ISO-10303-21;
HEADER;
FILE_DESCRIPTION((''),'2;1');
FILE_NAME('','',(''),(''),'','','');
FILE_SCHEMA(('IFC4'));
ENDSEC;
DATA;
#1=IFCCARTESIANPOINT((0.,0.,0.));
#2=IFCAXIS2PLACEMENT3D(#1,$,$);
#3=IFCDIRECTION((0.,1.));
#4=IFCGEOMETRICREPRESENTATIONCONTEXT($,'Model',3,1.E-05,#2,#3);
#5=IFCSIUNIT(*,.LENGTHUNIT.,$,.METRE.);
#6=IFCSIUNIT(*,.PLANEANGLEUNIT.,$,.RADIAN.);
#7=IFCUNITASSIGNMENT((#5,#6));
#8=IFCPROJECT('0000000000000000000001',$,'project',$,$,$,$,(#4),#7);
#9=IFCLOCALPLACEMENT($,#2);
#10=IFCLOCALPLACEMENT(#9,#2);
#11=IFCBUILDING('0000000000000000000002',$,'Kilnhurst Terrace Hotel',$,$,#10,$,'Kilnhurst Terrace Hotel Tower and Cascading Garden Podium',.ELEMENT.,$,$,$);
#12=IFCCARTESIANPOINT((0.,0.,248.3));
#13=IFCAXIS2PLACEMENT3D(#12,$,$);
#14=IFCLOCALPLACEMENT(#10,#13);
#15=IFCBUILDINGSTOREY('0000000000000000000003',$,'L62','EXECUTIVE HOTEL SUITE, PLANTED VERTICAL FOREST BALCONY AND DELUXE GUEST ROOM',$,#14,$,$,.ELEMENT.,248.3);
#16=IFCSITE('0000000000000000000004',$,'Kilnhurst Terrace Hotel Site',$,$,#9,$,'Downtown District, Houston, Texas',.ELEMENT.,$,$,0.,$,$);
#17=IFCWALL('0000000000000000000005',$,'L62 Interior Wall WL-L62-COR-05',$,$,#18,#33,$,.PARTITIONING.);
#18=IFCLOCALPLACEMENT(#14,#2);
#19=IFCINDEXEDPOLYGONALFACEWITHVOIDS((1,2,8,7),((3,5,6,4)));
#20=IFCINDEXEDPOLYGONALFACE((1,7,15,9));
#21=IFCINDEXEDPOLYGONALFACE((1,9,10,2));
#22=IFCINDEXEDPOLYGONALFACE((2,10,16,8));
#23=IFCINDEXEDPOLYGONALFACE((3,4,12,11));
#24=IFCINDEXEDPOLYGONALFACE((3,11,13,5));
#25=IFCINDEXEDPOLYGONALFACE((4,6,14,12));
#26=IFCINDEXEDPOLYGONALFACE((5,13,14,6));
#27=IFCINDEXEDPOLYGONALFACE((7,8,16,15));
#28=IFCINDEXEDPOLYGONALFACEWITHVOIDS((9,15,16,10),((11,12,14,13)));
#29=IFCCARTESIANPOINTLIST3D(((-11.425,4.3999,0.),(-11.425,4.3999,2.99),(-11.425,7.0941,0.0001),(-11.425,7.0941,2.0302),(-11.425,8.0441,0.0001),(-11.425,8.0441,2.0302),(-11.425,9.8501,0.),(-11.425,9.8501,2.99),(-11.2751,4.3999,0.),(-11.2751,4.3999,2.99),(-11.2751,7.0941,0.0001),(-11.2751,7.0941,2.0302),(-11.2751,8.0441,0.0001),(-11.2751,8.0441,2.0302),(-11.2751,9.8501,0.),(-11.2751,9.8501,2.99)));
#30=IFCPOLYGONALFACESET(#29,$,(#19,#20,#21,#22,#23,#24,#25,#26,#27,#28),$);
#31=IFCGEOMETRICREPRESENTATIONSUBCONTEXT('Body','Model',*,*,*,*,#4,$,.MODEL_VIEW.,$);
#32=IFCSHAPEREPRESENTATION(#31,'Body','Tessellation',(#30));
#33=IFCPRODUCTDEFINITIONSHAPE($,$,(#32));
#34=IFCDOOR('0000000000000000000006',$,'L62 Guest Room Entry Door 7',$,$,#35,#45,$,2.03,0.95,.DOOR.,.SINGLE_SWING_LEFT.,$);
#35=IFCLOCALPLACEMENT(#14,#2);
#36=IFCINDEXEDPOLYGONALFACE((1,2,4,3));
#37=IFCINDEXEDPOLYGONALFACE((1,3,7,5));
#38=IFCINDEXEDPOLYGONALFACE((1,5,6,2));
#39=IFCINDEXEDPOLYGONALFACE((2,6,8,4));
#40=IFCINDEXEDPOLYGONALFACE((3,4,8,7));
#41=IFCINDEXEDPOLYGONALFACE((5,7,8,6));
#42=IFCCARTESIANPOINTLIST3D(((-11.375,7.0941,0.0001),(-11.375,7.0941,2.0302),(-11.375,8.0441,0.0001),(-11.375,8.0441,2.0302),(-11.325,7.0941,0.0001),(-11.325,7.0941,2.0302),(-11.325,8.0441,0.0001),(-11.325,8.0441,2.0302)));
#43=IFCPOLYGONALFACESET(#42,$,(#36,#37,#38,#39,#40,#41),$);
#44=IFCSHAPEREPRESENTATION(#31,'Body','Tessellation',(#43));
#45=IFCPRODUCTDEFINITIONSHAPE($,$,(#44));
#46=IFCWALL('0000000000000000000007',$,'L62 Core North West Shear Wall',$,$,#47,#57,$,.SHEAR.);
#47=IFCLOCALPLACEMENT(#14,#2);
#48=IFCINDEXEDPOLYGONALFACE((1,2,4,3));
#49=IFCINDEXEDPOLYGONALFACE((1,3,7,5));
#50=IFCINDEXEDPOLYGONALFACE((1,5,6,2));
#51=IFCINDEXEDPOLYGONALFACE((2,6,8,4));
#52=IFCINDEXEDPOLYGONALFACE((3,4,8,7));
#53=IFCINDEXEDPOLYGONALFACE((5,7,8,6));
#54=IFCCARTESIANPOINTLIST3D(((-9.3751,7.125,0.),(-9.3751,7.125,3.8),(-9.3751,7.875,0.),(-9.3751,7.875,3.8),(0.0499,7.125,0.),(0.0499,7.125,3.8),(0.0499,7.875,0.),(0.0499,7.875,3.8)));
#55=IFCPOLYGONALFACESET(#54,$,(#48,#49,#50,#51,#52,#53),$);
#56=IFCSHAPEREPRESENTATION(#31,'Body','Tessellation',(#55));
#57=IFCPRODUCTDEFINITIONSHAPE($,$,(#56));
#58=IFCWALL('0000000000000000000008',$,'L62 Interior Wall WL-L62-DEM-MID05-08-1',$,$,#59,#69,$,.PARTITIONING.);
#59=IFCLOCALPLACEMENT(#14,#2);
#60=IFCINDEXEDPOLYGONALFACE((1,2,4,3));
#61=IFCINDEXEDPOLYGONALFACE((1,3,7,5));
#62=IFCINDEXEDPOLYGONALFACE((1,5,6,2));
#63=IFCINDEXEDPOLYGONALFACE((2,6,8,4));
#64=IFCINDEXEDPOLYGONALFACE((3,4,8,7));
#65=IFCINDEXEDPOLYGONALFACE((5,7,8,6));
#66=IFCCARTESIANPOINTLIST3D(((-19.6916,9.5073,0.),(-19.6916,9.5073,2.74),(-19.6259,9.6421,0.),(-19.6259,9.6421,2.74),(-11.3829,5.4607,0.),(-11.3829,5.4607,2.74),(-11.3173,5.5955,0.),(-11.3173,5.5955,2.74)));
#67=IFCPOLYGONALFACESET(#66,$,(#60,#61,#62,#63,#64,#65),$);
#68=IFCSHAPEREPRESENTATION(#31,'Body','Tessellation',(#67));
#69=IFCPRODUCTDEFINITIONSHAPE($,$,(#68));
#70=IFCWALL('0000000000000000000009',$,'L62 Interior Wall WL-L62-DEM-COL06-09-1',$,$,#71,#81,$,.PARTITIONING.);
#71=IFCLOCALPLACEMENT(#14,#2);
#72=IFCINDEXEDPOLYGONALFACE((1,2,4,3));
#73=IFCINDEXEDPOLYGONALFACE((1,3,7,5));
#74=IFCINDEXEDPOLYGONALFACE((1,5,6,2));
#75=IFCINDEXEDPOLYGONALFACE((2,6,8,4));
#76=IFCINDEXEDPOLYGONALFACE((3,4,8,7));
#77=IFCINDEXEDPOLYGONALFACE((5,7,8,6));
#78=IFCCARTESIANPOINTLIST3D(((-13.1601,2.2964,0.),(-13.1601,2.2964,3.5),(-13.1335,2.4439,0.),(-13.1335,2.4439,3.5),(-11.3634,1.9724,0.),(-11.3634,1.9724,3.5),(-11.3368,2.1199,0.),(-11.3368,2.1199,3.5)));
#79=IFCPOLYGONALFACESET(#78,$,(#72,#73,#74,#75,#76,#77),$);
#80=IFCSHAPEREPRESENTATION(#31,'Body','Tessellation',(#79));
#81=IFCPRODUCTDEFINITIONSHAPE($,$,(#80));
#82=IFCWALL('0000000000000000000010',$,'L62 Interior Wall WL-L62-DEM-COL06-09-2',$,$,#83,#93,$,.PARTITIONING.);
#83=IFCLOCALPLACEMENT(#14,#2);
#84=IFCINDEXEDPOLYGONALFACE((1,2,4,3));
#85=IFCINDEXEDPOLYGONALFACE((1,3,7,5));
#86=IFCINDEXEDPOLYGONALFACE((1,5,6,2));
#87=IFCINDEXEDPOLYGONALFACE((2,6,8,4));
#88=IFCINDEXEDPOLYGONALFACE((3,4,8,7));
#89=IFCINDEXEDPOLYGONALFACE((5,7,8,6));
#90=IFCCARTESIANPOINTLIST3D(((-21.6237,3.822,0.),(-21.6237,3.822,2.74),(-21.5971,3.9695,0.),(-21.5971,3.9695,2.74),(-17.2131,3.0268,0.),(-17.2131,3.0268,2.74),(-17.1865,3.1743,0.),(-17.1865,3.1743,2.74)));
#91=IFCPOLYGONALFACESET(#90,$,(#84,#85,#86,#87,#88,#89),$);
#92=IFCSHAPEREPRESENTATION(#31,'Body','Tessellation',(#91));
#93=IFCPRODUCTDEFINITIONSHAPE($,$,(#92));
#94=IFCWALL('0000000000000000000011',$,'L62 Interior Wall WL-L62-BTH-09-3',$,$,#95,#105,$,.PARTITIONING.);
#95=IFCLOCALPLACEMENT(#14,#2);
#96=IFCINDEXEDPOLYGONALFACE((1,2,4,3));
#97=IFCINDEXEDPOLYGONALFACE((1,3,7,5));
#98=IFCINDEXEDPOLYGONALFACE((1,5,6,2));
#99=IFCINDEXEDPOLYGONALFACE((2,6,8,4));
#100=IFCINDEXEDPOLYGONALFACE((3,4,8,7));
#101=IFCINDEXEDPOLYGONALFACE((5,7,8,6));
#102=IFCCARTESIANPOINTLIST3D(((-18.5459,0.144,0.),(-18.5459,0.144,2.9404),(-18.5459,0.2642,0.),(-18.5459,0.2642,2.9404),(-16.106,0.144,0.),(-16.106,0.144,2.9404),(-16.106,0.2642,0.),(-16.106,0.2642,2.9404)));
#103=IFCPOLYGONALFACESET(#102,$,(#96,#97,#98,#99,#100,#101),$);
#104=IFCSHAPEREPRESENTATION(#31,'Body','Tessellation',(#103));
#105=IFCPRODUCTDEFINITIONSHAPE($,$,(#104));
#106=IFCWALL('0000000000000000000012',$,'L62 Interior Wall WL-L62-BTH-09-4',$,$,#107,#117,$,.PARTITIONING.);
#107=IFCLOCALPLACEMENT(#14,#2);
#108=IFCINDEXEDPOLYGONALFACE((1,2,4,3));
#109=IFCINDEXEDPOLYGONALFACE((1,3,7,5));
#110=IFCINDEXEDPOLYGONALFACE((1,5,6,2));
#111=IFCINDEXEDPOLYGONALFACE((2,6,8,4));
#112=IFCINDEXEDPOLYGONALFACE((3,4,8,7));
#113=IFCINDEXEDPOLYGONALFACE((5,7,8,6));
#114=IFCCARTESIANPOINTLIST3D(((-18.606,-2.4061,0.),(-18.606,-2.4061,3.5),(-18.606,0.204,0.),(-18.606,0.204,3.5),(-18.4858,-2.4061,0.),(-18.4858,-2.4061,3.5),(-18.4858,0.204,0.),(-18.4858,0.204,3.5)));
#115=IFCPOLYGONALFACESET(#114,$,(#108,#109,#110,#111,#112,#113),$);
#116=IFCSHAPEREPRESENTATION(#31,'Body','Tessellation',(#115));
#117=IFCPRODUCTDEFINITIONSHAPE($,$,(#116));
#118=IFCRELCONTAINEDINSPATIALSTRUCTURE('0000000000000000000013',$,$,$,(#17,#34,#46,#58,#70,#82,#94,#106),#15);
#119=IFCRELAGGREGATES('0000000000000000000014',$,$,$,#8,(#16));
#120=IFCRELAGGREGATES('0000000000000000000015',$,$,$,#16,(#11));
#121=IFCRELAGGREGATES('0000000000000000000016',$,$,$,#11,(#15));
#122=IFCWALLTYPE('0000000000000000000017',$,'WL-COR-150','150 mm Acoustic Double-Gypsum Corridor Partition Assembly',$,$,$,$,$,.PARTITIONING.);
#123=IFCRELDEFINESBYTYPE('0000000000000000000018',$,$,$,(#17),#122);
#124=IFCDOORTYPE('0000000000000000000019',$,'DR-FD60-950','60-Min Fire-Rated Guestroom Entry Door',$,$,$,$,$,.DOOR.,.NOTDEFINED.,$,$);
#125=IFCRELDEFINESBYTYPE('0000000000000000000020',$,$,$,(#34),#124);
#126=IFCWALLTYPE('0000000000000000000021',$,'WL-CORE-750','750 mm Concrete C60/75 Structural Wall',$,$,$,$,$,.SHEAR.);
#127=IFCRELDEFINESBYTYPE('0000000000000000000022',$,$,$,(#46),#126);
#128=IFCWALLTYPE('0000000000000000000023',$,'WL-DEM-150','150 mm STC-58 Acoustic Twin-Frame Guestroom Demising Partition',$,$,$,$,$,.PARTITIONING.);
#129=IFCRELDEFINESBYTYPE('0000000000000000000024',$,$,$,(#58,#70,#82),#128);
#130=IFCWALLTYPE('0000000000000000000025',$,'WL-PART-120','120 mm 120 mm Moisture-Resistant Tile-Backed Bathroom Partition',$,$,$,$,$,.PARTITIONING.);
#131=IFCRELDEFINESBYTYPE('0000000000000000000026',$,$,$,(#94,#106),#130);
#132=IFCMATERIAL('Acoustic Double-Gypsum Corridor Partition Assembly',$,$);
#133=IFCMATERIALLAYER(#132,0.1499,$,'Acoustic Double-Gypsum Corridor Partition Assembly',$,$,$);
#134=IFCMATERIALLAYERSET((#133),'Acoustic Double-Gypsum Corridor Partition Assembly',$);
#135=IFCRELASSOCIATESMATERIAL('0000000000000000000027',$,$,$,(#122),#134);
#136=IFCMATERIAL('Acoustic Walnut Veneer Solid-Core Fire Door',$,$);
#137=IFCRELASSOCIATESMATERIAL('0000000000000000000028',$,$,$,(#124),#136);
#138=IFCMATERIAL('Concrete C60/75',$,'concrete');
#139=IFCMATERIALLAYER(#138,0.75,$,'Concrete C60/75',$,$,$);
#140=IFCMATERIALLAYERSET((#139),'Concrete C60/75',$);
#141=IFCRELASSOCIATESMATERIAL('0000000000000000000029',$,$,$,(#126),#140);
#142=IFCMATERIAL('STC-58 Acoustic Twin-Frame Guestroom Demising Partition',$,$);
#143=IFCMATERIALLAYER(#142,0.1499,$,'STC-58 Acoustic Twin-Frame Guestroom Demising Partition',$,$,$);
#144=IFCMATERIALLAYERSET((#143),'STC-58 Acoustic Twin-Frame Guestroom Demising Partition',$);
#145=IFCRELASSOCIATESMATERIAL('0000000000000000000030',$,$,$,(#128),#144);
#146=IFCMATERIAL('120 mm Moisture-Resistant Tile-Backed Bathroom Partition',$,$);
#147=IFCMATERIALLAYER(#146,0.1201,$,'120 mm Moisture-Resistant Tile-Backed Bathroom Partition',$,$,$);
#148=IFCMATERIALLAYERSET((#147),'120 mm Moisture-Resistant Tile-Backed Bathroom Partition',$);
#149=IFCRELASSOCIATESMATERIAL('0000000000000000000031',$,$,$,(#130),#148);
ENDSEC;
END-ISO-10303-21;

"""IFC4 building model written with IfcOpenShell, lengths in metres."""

from ifc_helpers import new_model, si_unit, direction, frame, frame_2d, origin, place, context, subcontext, project, spatial, rectangle, extrude, material, layer, layer_set, type_object, element, fill, save


model = new_model("IFC4")

# Units and contexts
model_context = context("Model", 3, precision=1e-05, world=origin(), true_north=direction((0.0, 1.0)))
body_context = subcontext(model_context, "Body", "Model", "MODEL_VIEW")
ifc_project = project(units=[si_unit("LENGTHUNIT", "METRE"), si_unit("PLANEANGLEUNIT", "RADIAN")], contexts=[model_context])

# Site, building, storey
site_placement = place(None, origin())
site = spatial("IfcSite", under=ifc_project, at=site_placement, Name="Kilnhurst Terrace Hotel Site", LongName="Downtown District, Houston, Texas", CompositionType="ELEMENT", RefElevation=0.0)
building_placement = place(site_placement, origin())
building = spatial("IfcBuilding", under=site, at=building_placement, Name="Kilnhurst Terrace Hotel", LongName="Kilnhurst Terrace Hotel Tower and Cascading Garden Podium", CompositionType="ELEMENT")
storey_placement = place(building_placement, frame((0.0, 0.0, 248.3)))
storey = spatial("IfcBuildingStorey", under=building, at=storey_placement, Name="L62", Description="EXECUTIVE HOTEL SUITE, PLANTED VERTICAL FOREST BALCONY AND DELUXE GUEST ROOM", CompositionType="ELEMENT", Elevation=248.3)

# Shared definitions
ifc_material_1 = material(Name="Concrete C60/75", Category="concrete")

# Shared definitions
ifc_material_2 = material(Name="Acoustic Double-Gypsum Corridor Partition Assembly")
ifc_layer_1 = layer(ifc_material_2, 0.1499, Name="Acoustic Double-Gypsum Corridor Partition Assembly")
ifc_layer_set_1 = layer_set([ifc_layer_1], Name="Acoustic Double-Gypsum Corridor Partition Assembly")
wall_type_1 = type_object("IfcWallType", Name="WL-COR-150", Description="150 mm Acoustic Double-Gypsum Corridor Partition Assembly", PredefinedType="PARTITIONING", material=ifc_layer_set_1)

# Wall, opening, door
wall_1_placement = place(storey_placement, frame((-11.3501, 4.3999, 0.0), z_axis=(0.0, 0.0, 1.0), x_axis=(0.0, 1.0, 0.0)))
wall_1 = element("IfcWall", 1, at=wall_1_placement, inside=storey, type_object=wall_type_1, Name="L62 Interior Wall WL-L62-COR-05", PredefinedType="PARTITIONING", context=body_context, shape_type="SweptSolid", body=[
    extrude(rectangle(XDim=5.4502, YDim=0.1499, at=frame_2d((2.7251, 0.0))), origin(), (0.0, 0.0, 1.0), 2.99),
])
opening_1_placement = place(wall_1_placement, frame((2.6941, 0.0, 0.0)))
opening_1 = element("IfcOpeningElement", 2, at=opening_1_placement, cuts=wall_1, PredefinedType="OPENING", context=body_context, shape_type="SweptSolid", body=[
    extrude(rectangle(XDim=0.95, YDim=2.03, at=frame_2d((0.4751, 1.0151))), frame((0.0, 0.085, 0.0), z_axis=(0.0, -1.0, 0.0), x_axis=(1.0, 0.0, 0.0)), (0.0, 0.0, 1.0), 0.1699),
])
ifc_material_3 = material(Name="Acoustic Walnut Veneer Solid-Core Fire Door")
door_type_1 = type_object("IfcDoorType", Name="DR-FD60-950", Description="60-Min Fire-Rated Guestroom Entry Door", OperationType="NOTDEFINED", PredefinedType="DOOR", material=ifc_material_3)
door_1_placement = place(opening_1_placement, origin())
door_1 = element("IfcDoor", 3, at=door_1_placement, inside=storey, type_object=door_type_1, Name="L62 Guest Room Entry Door 7", OperationType="SINGLE_SWING_LEFT", OverallHeight=2.03, OverallWidth=0.95, PredefinedType="DOOR", context=body_context, shape_type="SweptSolid", body=[
    extrude(rectangle(XDim=0.95, YDim=2.03, at=frame_2d((0.4751, 1.0151))), frame((0.0, 0.0249, 0.0), z_axis=(0.0, -1.0, 0.0), x_axis=(1.0, 0.0, 0.0)), (0.0, 0.0, 1.0), 0.05),
])
fill(opening_1, door_1)

# Walls
ifc_layer_2 = layer(ifc_material_1, 0.75, Name="Concrete C60/75")
ifc_layer_set_2 = layer_set([ifc_layer_2], Name="Concrete C60/75")
wall_type_2 = type_object("IfcWallType", Name="WL-CORE-750", Description="750 mm Concrete C60/75 Structural Wall", PredefinedType="SHEAR", material=ifc_layer_set_2)
wall_2_placement = place(storey_placement, frame((-9.375, 7.5, 0.0), z_axis=(0.0, 0.0, 1.0), x_axis=(1.0, 0.0, 0.0)))
element("IfcWall", 4, at=wall_2_placement, inside=storey, type_object=wall_type_2, Name="L62 Core North West Shear Wall", PredefinedType="SHEAR", context=body_context, shape_type="SweptSolid", body=[
    extrude(rectangle(XDim=9.425, YDim=0.75, at=frame_2d((4.7124, 0.0))), origin(), (0.0, 0.0, 1.0), 3.8),
])
ifc_material_4 = material(Name="STC-58 Acoustic Twin-Frame Guestroom Demising Partition")
ifc_layer_3 = layer(ifc_material_4, 0.1499, Name="STC-58 Acoustic Twin-Frame Guestroom Demising Partition")
ifc_layer_set_3 = layer_set([ifc_layer_3], Name="STC-58 Acoustic Twin-Frame Guestroom Demising Partition")
wall_type_3 = type_object("IfcWallType", Name="WL-DEM-150", Description="150 mm STC-58 Acoustic Twin-Frame Guestroom Demising Partition", PredefinedType="PARTITIONING", material=ifc_layer_set_3)
wall_3_placement = place(storey_placement, frame((-11.3501, 5.5281, 0.0), z_axis=(0.0, 0.0, 1.0), x_axis=(-0.899039, 0.437869, 0.0)))
element("IfcWall", 5, at=wall_3_placement, inside=storey, type_object=wall_type_3, Name="L62 Interior Wall WL-L62-DEM-MID05-08-1", PredefinedType="PARTITIONING", context=body_context, shape_type="SweptSolid", body=[
    extrude(rectangle(XDim=9.2417, YDim=0.1499, at=frame_2d((4.6208, 0.0))), origin(), (0.0, 0.0, 1.0), 2.74),
])
wall_4_placement = place(storey_placement, frame((-11.3501, 2.0461, 0.0), z_axis=(0.0, 0.0, 1.0), x_axis=(-0.984128, 0.177461, 0.0)))
element("IfcWall", 6, at=wall_4_placement, inside=storey, type_object=wall_type_3, Name="L62 Interior Wall WL-L62-DEM-COL06-09-1", PredefinedType="PARTITIONING", context=body_context, shape_type="SweptSolid", body=[
    extrude(rectangle(XDim=1.8257, YDim=0.1499, at=frame_2d((0.9128, 0.0))), origin(), (0.0, 0.0, 1.0), 3.5),
])
wall_5_placement = place(storey_placement, frame((-17.2, 3.1006, 0.0), z_axis=(0.0, 0.0, 1.0), x_axis=(-0.984135, 0.177423, 0.0)))
element("IfcWall", 7, at=wall_5_placement, inside=storey, type_object=wall_type_3, Name="L62 Interior Wall WL-L62-DEM-COL06-09-2", PredefinedType="PARTITIONING", context=body_context, shape_type="SweptSolid", body=[
    extrude(rectangle(XDim=4.4817, YDim=0.1499, at=frame_2d((2.2407, 0.0))), origin(), (0.0, 0.0, 1.0), 2.74),
])
ifc_material_5 = material(Name="120 mm Moisture-Resistant Tile-Backed Bathroom Partition")
ifc_layer_4 = layer(ifc_material_5, 0.1201, Name="120 mm Moisture-Resistant Tile-Backed Bathroom Partition")
ifc_layer_set_4 = layer_set([ifc_layer_4], Name="120 mm Moisture-Resistant Tile-Backed Bathroom Partition")
wall_type_4 = type_object("IfcWallType", Name="WL-PART-120", Description="120 mm 120 mm Moisture-Resistant Tile-Backed Bathroom Partition", PredefinedType="PARTITIONING", material=ifc_layer_set_4)
wall_6_placement = place(storey_placement, frame((-16.106, 0.2041, 0.0), z_axis=(0.0, 0.0, 1.0), x_axis=(-1.0, 0.0, 0.0)))
element("IfcWall", 8, at=wall_6_placement, inside=storey, type_object=wall_type_4, Name="L62 Interior Wall WL-L62-BTH-09-3", PredefinedType="PARTITIONING", context=body_context, shape_type="SweptSolid", body=[
    extrude(rectangle(XDim=2.4399, YDim=0.1201, at=frame_2d((1.22, 0.0))), origin(), (0.0, 0.0, 1.0), 2.9404),
])
wall_7_placement = place(storey_placement, frame((-18.5459, 0.2041, 0.0), z_axis=(0.0, 0.0, 1.0), x_axis=(0.0, -1.0, 0.0)))
element("IfcWall", 9, at=wall_7_placement, inside=storey, type_object=wall_type_4, Name="L62 Interior Wall WL-L62-BTH-09-4", PredefinedType="PARTITIONING", context=body_context, shape_type="SweptSolid", body=[
    extrude(rectangle(XDim=2.6101, YDim=0.1201, at=frame_2d((1.3052, 0.0))), origin(), (0.0, 0.0, 1.0), 3.5),
])

save(model, "model.ifc")
